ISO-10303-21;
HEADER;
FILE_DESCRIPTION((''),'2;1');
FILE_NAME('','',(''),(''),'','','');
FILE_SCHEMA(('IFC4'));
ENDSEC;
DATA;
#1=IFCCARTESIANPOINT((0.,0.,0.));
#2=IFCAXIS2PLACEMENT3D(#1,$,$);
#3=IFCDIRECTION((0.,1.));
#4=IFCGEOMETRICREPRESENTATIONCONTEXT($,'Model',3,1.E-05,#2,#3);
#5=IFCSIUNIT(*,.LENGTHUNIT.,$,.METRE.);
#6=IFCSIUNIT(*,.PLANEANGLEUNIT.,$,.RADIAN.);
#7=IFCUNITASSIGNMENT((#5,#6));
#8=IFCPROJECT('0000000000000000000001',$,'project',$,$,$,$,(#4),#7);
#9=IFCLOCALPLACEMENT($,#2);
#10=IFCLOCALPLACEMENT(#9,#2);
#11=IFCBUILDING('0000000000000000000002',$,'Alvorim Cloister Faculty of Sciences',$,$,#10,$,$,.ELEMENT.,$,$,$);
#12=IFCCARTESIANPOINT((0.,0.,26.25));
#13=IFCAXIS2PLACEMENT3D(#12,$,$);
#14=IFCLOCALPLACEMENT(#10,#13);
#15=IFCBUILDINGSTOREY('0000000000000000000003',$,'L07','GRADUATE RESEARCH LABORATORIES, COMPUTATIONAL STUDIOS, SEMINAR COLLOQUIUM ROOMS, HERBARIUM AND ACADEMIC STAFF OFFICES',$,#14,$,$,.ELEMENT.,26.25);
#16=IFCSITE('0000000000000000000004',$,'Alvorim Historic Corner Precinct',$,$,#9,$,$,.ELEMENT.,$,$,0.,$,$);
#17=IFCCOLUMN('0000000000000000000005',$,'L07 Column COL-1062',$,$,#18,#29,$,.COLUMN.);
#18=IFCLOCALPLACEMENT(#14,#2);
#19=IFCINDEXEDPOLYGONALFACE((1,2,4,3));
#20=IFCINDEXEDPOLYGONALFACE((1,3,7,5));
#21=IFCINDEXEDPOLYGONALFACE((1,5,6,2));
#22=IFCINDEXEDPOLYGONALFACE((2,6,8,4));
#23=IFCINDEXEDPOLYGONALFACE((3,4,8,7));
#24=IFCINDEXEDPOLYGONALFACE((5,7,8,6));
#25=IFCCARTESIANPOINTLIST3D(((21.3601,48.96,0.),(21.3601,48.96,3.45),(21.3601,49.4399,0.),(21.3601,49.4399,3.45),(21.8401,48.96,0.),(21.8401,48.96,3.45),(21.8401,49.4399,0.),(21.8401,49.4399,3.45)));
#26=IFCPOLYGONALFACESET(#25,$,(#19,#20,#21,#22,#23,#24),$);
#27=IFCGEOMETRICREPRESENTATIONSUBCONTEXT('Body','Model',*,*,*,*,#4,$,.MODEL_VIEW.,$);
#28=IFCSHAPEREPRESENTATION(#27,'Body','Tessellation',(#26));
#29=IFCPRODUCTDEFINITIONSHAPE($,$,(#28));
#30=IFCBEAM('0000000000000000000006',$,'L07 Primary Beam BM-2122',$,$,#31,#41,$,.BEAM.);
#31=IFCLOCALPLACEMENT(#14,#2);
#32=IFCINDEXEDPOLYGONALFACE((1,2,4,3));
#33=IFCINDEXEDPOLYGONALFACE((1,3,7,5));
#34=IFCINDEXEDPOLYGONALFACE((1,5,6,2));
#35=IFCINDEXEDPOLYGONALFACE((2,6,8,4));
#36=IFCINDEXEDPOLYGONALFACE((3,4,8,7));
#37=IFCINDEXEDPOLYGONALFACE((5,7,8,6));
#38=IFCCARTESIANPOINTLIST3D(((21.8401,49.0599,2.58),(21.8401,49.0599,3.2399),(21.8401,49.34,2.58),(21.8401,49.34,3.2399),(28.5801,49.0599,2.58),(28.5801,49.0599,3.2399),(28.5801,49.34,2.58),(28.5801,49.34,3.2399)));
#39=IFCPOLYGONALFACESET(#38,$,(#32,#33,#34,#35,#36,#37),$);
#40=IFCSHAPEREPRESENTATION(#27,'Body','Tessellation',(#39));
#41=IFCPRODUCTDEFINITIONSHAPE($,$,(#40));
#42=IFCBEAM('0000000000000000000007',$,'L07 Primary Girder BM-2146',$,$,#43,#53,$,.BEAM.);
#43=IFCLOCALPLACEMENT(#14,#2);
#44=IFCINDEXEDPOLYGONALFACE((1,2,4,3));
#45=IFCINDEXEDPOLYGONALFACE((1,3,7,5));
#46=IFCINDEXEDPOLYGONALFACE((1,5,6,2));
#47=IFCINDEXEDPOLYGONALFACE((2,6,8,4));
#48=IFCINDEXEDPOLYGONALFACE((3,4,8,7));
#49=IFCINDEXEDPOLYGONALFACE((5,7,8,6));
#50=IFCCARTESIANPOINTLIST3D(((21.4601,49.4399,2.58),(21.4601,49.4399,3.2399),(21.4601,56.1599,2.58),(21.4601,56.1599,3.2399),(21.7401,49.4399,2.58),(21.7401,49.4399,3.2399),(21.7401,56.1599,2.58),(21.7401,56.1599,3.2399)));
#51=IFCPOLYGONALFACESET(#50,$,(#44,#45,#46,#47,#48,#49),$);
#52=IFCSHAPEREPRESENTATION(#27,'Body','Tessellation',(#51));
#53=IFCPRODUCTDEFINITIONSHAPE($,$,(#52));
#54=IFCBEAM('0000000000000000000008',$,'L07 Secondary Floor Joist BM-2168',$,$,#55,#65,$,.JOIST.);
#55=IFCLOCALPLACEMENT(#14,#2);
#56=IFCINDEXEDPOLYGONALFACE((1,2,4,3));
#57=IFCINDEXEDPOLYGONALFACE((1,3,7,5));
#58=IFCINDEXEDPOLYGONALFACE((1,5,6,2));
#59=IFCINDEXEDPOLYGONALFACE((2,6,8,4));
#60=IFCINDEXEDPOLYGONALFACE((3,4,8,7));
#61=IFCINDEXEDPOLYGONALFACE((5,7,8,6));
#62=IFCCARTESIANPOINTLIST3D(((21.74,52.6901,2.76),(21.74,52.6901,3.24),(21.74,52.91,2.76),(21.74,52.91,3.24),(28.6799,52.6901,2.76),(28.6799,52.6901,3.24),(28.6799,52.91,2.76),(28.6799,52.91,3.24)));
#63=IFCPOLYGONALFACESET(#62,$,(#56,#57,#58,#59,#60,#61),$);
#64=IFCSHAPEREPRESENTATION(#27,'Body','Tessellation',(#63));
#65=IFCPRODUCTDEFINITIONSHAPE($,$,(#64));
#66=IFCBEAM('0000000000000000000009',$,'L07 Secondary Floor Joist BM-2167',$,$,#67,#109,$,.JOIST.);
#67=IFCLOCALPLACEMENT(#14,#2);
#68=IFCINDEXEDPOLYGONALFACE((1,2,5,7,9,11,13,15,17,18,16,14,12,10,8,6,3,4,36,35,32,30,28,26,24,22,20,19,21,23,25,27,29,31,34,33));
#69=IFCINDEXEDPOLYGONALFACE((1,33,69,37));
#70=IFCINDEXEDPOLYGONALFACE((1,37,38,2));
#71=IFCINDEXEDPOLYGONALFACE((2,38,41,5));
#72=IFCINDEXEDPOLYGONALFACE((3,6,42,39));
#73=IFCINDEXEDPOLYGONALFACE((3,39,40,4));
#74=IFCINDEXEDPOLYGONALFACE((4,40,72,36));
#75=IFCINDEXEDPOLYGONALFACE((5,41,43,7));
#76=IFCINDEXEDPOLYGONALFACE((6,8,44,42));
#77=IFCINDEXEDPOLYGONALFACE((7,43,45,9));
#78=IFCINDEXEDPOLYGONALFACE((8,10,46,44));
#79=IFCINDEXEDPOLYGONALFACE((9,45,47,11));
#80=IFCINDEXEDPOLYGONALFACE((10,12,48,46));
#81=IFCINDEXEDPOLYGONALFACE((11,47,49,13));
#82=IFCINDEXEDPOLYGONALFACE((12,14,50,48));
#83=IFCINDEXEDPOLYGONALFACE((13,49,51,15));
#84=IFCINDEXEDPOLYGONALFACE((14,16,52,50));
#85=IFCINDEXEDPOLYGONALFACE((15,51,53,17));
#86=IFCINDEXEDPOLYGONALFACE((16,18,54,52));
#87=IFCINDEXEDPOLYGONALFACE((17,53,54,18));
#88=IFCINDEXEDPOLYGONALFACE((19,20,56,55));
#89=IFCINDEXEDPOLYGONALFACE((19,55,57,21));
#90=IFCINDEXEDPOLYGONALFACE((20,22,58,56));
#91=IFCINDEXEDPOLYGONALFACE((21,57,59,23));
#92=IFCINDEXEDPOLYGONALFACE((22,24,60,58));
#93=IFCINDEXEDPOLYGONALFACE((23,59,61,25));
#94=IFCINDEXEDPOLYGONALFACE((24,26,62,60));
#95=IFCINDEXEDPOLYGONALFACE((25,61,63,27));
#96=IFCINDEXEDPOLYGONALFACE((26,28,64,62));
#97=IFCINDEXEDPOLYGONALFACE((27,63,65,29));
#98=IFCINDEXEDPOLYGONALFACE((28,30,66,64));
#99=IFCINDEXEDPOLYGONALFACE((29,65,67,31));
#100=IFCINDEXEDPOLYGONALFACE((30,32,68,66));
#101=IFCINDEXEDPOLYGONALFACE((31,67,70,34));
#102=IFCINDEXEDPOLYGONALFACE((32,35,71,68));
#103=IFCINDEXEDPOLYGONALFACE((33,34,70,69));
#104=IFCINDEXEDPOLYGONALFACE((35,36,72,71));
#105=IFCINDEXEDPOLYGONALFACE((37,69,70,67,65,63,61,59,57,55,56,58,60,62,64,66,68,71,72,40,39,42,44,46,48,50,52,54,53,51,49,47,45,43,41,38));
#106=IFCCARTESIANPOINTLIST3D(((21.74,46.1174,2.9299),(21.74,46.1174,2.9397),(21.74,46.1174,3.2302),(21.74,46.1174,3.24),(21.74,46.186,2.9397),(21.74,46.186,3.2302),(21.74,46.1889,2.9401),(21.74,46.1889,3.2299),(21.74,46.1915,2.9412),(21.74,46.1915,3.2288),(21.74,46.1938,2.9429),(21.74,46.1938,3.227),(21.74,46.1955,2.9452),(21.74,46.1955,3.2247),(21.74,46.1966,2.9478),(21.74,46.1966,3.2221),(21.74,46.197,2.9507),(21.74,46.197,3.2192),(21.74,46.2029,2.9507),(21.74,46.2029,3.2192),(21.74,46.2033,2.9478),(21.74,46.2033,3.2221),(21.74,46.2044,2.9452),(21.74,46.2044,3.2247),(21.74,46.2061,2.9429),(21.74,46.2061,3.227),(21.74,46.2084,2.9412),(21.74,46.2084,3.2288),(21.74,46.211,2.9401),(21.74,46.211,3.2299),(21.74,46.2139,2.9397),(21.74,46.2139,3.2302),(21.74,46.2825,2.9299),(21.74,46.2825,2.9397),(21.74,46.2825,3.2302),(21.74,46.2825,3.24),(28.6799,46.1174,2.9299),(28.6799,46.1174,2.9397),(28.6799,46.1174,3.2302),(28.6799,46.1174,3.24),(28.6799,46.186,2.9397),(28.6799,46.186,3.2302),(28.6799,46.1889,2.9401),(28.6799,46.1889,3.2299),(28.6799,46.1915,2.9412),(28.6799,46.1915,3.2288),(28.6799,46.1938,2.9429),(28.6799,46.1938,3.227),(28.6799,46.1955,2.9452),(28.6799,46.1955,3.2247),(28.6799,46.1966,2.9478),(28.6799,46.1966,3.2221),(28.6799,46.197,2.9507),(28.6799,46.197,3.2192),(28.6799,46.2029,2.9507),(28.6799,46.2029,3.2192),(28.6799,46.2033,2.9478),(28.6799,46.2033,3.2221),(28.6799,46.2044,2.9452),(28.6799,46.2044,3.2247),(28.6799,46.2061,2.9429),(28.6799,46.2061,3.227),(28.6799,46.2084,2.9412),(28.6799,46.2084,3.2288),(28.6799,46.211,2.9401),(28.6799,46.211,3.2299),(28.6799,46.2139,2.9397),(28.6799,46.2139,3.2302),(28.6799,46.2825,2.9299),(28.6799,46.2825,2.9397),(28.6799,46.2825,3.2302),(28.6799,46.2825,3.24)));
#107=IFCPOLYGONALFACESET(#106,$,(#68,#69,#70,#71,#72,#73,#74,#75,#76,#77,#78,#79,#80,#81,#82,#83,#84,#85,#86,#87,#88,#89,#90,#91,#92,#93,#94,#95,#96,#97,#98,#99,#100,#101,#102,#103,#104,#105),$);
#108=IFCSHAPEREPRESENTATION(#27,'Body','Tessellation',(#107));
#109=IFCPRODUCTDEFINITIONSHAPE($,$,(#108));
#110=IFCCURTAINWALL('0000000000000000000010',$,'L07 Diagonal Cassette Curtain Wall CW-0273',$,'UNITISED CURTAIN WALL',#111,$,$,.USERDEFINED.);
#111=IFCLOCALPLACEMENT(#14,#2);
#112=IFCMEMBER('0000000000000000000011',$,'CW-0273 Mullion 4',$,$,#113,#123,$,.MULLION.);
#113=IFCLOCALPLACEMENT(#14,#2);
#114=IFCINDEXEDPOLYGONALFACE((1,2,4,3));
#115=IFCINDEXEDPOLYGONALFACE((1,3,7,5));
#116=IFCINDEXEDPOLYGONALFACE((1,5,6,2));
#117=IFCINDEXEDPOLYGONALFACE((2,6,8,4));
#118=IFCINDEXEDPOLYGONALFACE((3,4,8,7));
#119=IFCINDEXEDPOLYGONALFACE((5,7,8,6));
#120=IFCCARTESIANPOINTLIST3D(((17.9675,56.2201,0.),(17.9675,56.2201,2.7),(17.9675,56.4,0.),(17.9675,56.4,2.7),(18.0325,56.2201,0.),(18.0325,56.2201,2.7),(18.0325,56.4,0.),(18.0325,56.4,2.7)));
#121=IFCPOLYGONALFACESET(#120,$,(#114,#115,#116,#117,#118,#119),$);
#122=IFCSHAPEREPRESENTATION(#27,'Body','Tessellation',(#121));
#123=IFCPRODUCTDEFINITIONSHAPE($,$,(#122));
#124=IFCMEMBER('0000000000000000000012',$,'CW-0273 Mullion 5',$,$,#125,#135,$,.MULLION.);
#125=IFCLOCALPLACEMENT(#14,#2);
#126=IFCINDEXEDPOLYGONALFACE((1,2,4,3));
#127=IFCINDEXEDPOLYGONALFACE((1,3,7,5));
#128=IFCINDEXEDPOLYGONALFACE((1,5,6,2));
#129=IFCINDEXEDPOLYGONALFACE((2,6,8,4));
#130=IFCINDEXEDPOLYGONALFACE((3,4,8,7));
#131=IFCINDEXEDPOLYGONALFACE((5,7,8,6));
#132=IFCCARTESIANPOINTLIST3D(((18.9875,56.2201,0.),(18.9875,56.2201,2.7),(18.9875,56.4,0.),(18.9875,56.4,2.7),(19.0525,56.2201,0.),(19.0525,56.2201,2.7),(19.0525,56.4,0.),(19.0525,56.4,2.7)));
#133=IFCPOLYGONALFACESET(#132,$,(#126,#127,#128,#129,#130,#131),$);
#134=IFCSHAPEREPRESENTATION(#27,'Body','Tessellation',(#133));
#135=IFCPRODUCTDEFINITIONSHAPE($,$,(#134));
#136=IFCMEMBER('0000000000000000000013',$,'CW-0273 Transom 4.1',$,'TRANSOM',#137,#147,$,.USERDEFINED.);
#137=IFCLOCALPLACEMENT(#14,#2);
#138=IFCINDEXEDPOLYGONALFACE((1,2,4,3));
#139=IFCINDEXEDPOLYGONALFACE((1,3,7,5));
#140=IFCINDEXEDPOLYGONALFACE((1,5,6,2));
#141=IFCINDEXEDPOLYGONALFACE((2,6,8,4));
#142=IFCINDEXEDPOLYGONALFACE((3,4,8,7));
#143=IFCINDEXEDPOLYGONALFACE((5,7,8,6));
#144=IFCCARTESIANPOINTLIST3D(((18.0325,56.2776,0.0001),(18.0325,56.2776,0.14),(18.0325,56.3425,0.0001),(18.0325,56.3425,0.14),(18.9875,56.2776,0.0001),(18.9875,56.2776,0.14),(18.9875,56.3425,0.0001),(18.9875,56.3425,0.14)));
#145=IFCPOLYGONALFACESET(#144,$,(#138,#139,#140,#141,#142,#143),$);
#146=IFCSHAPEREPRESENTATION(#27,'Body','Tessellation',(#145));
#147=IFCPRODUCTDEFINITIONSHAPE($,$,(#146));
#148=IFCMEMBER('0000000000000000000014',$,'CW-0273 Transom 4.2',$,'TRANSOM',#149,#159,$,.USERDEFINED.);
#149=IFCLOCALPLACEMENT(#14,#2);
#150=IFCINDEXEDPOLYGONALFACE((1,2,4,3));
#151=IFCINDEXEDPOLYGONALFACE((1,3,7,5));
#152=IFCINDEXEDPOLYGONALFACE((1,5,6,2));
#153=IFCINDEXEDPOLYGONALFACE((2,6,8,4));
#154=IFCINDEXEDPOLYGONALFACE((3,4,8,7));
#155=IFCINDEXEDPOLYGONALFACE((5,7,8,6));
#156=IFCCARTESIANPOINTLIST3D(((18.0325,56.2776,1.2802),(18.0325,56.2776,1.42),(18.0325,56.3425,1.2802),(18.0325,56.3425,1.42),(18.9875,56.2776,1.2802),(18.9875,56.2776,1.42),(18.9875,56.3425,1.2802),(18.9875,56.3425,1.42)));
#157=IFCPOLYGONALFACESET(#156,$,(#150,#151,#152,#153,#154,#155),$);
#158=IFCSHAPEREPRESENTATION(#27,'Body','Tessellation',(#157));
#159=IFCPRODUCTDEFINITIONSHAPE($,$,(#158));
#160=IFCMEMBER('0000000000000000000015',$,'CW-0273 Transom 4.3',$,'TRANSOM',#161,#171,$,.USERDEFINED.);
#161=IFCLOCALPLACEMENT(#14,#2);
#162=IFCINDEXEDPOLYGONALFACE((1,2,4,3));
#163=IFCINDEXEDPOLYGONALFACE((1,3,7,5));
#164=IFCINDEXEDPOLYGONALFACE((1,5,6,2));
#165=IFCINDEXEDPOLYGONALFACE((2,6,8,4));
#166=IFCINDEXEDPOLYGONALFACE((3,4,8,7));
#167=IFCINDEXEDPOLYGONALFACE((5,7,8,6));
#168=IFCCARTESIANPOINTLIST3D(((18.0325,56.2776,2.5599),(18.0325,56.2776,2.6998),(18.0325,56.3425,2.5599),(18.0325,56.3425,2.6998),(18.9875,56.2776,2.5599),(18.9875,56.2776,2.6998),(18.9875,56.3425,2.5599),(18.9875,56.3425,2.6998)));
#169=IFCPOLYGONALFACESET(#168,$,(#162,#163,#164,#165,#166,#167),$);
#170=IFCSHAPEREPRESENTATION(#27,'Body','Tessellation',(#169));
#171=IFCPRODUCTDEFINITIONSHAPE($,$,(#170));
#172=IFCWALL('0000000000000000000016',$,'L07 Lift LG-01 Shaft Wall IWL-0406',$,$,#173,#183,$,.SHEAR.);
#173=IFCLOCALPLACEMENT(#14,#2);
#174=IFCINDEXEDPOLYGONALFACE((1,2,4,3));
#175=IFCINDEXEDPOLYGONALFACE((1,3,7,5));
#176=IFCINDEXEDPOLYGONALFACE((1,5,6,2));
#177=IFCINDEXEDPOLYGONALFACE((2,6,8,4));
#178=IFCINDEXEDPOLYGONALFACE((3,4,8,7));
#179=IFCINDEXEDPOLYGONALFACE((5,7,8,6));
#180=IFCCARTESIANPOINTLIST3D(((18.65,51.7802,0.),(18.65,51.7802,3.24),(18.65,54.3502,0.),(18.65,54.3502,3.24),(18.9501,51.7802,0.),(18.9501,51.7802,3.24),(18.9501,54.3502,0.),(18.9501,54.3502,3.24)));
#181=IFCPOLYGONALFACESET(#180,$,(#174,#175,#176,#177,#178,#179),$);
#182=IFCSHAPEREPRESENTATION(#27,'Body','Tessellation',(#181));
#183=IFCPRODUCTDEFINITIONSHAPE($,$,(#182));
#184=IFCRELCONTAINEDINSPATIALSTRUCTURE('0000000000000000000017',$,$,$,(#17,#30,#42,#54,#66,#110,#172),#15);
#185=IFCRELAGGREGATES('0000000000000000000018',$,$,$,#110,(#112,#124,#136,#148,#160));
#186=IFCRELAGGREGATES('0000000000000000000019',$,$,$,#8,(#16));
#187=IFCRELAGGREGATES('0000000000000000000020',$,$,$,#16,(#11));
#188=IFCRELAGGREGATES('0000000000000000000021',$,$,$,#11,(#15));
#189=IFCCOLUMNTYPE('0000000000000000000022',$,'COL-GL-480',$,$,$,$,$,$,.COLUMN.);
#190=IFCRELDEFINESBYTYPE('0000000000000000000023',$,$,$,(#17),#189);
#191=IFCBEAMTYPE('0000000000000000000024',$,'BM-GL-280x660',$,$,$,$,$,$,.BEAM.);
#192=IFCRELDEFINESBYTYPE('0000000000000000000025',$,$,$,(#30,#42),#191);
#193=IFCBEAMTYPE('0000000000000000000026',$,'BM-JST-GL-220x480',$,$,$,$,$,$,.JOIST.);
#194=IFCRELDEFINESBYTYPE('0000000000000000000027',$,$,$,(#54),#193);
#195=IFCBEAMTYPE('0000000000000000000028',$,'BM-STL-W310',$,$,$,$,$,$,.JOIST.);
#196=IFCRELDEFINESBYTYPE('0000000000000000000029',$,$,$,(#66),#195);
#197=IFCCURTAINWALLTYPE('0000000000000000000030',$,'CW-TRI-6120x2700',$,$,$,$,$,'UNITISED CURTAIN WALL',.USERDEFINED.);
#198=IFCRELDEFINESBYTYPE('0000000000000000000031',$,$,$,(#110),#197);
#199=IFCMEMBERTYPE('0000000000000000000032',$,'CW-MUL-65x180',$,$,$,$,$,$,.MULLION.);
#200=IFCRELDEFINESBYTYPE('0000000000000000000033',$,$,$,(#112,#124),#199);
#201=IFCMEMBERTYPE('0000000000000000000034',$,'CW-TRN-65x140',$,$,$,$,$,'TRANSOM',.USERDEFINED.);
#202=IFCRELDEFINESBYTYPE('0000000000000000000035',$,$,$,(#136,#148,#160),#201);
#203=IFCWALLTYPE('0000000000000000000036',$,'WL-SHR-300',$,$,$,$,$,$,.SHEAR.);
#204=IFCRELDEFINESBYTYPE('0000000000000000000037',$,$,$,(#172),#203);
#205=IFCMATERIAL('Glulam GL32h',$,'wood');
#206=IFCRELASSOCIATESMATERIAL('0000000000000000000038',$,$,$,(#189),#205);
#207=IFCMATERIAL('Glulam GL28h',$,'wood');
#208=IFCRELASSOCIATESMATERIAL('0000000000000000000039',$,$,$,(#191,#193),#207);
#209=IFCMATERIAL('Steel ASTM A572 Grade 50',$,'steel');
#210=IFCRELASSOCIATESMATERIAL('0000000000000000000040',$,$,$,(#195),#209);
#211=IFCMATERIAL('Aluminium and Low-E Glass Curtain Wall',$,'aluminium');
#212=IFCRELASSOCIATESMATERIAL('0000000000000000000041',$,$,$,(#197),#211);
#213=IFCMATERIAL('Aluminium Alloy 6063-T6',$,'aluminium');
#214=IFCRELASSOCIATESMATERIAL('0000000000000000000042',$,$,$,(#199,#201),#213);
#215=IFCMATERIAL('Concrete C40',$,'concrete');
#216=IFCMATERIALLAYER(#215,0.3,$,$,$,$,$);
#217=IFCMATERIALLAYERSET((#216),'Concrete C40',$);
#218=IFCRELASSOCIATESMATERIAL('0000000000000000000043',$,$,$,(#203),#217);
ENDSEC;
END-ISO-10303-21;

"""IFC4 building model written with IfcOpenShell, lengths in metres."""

from ifc_helpers import new_model, si_unit, direction, frame, frame_2d, origin, origin_2d, place, context, subcontext, project, spatial, rectangle, i_section, extrude, material, layer, layer_set, material_profile, profile_set, type_object, element, aggregate, save


model = new_model("IFC4")

# Units and contexts
model_context = context("Model", 3, precision=1e-05, world=origin(), true_north=direction((0.0, 1.0)))
body_context = subcontext(model_context, "Body", "Model", "MODEL_VIEW")
ifc_project = project(units=[si_unit("LENGTHUNIT", "METRE"), si_unit("PLANEANGLEUNIT", "RADIAN")], contexts=[model_context])

# Site, building, storey
site_placement = place(None, origin())
site = spatial("IfcSite", under=ifc_project, at=site_placement, Name="Alvorim Historic Corner Precinct", CompositionType="ELEMENT", RefElevation=0.0)
building_placement = place(site_placement, origin())
building = spatial("IfcBuilding", under=site, at=building_placement, Name="Alvorim Cloister Faculty of Sciences", CompositionType="ELEMENT")
storey_placement = place(building_placement, frame((0.0, 0.0, 26.25)))
storey = spatial("IfcBuildingStorey", under=building, at=storey_placement, Name="L07", Description="GRADUATE RESEARCH LABORATORIES, COMPUTATIONAL STUDIOS, SEMINAR COLLOQUIUM ROOMS, HERBARIUM AND ACADEMIC STAFF OFFICES", CompositionType="ELEMENT", Elevation=26.25)

# Column
ifc_material_1 = material(Name="Glulam GL32h", Category="wood")
ifc_material_profile_1 = material_profile(ifc_material_1, rectangle(XDim=0.48, YDim=0.48, at=origin_2d()), Name="GL32-COL-480x480")
ifc_profile_set_1 = profile_set([ifc_material_profile_1], Name="Glulam GL32h")
column_type = type_object("IfcColumnType", Name="COL-GL-480", PredefinedType="COLUMN", material=ifc_profile_set_1)
column_placement = place(storey_placement, frame((21.6001, 49.2, 0.0), z_axis=(0.0, 0.0, 1.0), x_axis=(1.0, 0.0, 0.0)))
element("IfcColumn", 1, at=column_placement, inside=storey, type_object=column_type, Name="L07 Column COL-1062", PredefinedType="COLUMN", context=body_context, shape_type="SweptSolid", body=[
    extrude(rectangle(XDim=0.48, YDim=0.48, at=origin_2d()), origin(), (0.0, 0.0, 1.0), 3.45),
])

# Beams
ifc_material_2 = material(Name="Glulam GL28h", Category="wood")
ifc_material_profile_2 = material_profile(ifc_material_2, rectangle(XDim=0.28, YDim=0.6599, at=origin_2d()), Name="GL28-BM-280x660")
ifc_profile_set_2 = profile_set([ifc_material_profile_2], Name="Glulam GL28h")
beam_type_1 = type_object("IfcBeamType", Name="BM-GL-280x660", PredefinedType="BEAM", material=ifc_profile_set_2)
beam_1_placement = place(storey_placement, frame((21.8401, 49.2, 2.9099), z_axis=(1.0, 0.0, 0.0), x_axis=(0.0, 1.0, 0.0)))
element("IfcBeam", 2, at=beam_1_placement, inside=storey, type_object=beam_type_1, Name="L07 Primary Beam BM-2122", PredefinedType="BEAM", context=body_context, shape_type="SweptSolid", body=[
    extrude(rectangle(XDim=0.28, YDim=0.6599, at=origin_2d()), origin(), (0.0, 0.0, 1.0), 6.74),
])
beam_2_placement = place(storey_placement, frame((21.6001, 49.4399, 2.9099), z_axis=(0.0, 1.0, 0.0), x_axis=(-1.0, 0.0, 0.0)))
element("IfcBeam", 3, at=beam_2_placement, inside=storey, type_object=beam_type_1, Name="L07 Primary Girder BM-2146", PredefinedType="BEAM", context=body_context, shape_type="SweptSolid", body=[
    extrude(rectangle(XDim=0.28, YDim=0.6599, at=origin_2d()), origin(), (0.0, 0.0, 1.0), 6.72),
])
ifc_material_profile_3 = material_profile(ifc_material_2, rectangle(XDim=0.22, YDim=0.48, at=origin_2d()), Name="GL28-JST-220x480")
ifc_profile_set_3 = profile_set([ifc_material_profile_3], Name="Glulam GL28h")
beam_type_2 = type_object("IfcBeamType", Name="BM-JST-GL-220x480", PredefinedType="JOIST", material=ifc_profile_set_3)
beam_3_placement = place(storey_placement, frame((21.74, 52.8, 3.0), z_axis=(1.0, 0.0, 0.0), x_axis=(0.0, 1.0, 0.0)))
element("IfcBeam", 4, at=beam_3_placement, inside=storey, type_object=beam_type_2, Name="L07 Secondary Floor Joist BM-2168", PredefinedType="JOIST", context=body_context, shape_type="SweptSolid", body=[
    extrude(rectangle(XDim=0.22, YDim=0.48, at=origin_2d()), origin(), (0.0, 0.0, 1.0), 6.9399),
])
ifc_material_3 = material(Name="Steel ASTM A572 Grade 50", Category="steel")
ifc_material_profile_4 = material_profile(ifc_material_3, i_section(OverallWidth=0.165, OverallDepth=0.3101, WebThickness=0.0059, FlangeThickness=0.0098, FilletRadius=0.011, at=origin_2d()), Name="W310x38.7")
ifc_profile_set_4 = profile_set([ifc_material_profile_4], Name="Steel ASTM A572 Grade 50")
beam_type_3 = type_object("IfcBeamType", Name="BM-STL-W310", PredefinedType="JOIST", material=ifc_profile_set_4)
beam_4_placement = place(storey_placement, frame((21.74, 46.2, 3.085), z_axis=(1.0, 0.0, 0.0), x_axis=(0.0, 1.0, 0.0)))
element("IfcBeam", 5, at=beam_4_placement, inside=storey, type_object=beam_type_3, Name="L07 Secondary Floor Joist BM-2167", PredefinedType="JOIST", context=body_context, shape_type="SweptSolid", body=[
    extrude(i_section(OverallWidth=0.165, OverallDepth=0.3101, WebThickness=0.0059, FlangeThickness=0.0098, FilletRadius=0.011, at=origin_2d()), origin(), (0.0, 0.0, 1.0), 6.9399),
])

# Curtain wall, members
ifc_material_4 = material(Name="Aluminium and Low-E Glass Curtain Wall", Category="aluminium")
curtain_wall_type = type_object("IfcCurtainWallType", Name="CW-TRI-6120x2700", ElementType="UNITISED CURTAIN WALL", PredefinedType="USERDEFINED", material=ifc_material_4)
curtain_wall_placement = place(storey_placement, origin())
curtain_wall = element("IfcCurtainWall", 6, at=curtain_wall_placement, inside=storey, type_object=curtain_wall_type, Name="L07 Diagonal Cassette Curtain Wall CW-0273", ObjectType="UNITISED CURTAIN WALL", PredefinedType="USERDEFINED")
ifc_material_5 = material(Name="Aluminium Alloy 6063-T6", Category="aluminium")
ifc_material_profile_5 = material_profile(ifc_material_5, rectangle(XDim=0.0649, YDim=0.1799, at=origin_2d()), Name="ALU-MUL-65x180")
ifc_profile_set_5 = profile_set([ifc_material_profile_5], Name="Aluminium Alloy 6063-T6")
member_type_1 = type_object("IfcMemberType", Name="CW-MUL-65x180", PredefinedType="MULLION", material=ifc_profile_set_5)
member_1_placement = place(storey_placement, frame((18.0, 56.3101, 0.0), z_axis=(0.0, 0.0, 1.0), x_axis=(1.0, 0.0, 0.0)))
member_1 = element("IfcMember", 7, at=member_1_placement, type_object=member_type_1, Name="CW-0273 Mullion 4", PredefinedType="MULLION", context=body_context, shape_type="SweptSolid", body=[
    extrude(rectangle(XDim=0.0649, YDim=0.1799, at=origin_2d()), origin(), (0.0, 0.0, 1.0), 2.7),
])
member_2_placement = place(storey_placement, frame((19.02, 56.3101, 0.0), z_axis=(0.0, 0.0, 1.0), x_axis=(1.0, 0.0, 0.0)))
member_2 = element("IfcMember", 8, at=member_2_placement, type_object=member_type_1, Name="CW-0273 Mullion 5", PredefinedType="MULLION", context=body_context, shape_type="SweptSolid", body=[
    extrude(rectangle(XDim=0.0649, YDim=0.1799, at=origin_2d()), origin(), (0.0, 0.0, 1.0), 2.7),
])
ifc_material_profile_6 = material_profile(ifc_material_5, rectangle(XDim=0.0649, YDim=0.1399, at=origin_2d()), Name="ALU-TRN-65x140")
ifc_profile_set_6 = profile_set([ifc_material_profile_6], Name="Aluminium Alloy 6063-T6")
member_type_2 = type_object("IfcMemberType", Name="CW-TRN-65x140", ElementType="TRANSOM", PredefinedType="USERDEFINED", material=ifc_profile_set_6)
member_3_placement = place(storey_placement, frame((18.0325, 56.3101, 0.0701), z_axis=(1.0, 0.0, 0.0), x_axis=(0.0, 1.0, 0.0)))
member_3 = element("IfcMember", 9, at=member_3_placement, type_object=member_type_2, Name="CW-0273 Transom 4.1", ObjectType="TRANSOM", PredefinedType="USERDEFINED", context=body_context, shape_type="SweptSolid", body=[
    extrude(rectangle(XDim=0.0649, YDim=0.1399, at=origin_2d()), origin(), (0.0, 0.0, 1.0), 0.9551),
])
member_4_placement = place(storey_placement, frame((18.0325, 56.3101, 1.3501), z_axis=(1.0, 0.0, 0.0), x_axis=(0.0, 1.0, 0.0)))
member_4 = element("IfcMember", 10, at=member_4_placement, type_object=member_type_2, Name="CW-0273 Transom 4.2", ObjectType="TRANSOM", PredefinedType="USERDEFINED", context=body_context, shape_type="SweptSolid", body=[
    extrude(rectangle(XDim=0.0649, YDim=0.1399, at=origin_2d()), origin(), (0.0, 0.0, 1.0), 0.9551),
])
member_5_placement = place(storey_placement, frame((18.0325, 56.3101, 2.6299), z_axis=(1.0, 0.0, 0.0), x_axis=(0.0, 1.0, 0.0)))
member_5 = element("IfcMember", 11, at=member_5_placement, type_object=member_type_2, Name="CW-0273 Transom 4.3", ObjectType="TRANSOM", PredefinedType="USERDEFINED", context=body_context, shape_type="SweptSolid", body=[
    extrude(rectangle(XDim=0.0649, YDim=0.1399, at=origin_2d()), origin(), (0.0, 0.0, 1.0), 0.9551),
])
aggregate(curtain_wall, [member_1, member_2, member_3, member_4, member_5])

# Wall
ifc_material_6 = material(Name="Concrete C40", Category="concrete")
ifc_layer = layer(ifc_material_6, 0.3)
ifc_layer_set = layer_set([ifc_layer], Name="Concrete C40")
wall_type = type_object("IfcWallType", Name="WL-SHR-300", PredefinedType="SHEAR", material=ifc_layer_set)
wall_placement = place(storey_placement, frame((18.8, 51.78, 0.0), z_axis=(0.0, 0.0, 1.0), x_axis=(0.0, 1.0, 0.0)))
element("IfcWall", 12, at=wall_placement, inside=storey, type_object=wall_type, Name="L07 Lift LG-01 Shaft Wall IWL-0406", PredefinedType="SHEAR", context=body_context, shape_type="SweptSolid", body=[
    extrude(rectangle(XDim=2.5701, YDim=0.3, at=frame_2d((1.2852, 0.0))), origin(), (0.0, 0.0, 1.0), 3.24),
])

save(model, "model.ifc")
